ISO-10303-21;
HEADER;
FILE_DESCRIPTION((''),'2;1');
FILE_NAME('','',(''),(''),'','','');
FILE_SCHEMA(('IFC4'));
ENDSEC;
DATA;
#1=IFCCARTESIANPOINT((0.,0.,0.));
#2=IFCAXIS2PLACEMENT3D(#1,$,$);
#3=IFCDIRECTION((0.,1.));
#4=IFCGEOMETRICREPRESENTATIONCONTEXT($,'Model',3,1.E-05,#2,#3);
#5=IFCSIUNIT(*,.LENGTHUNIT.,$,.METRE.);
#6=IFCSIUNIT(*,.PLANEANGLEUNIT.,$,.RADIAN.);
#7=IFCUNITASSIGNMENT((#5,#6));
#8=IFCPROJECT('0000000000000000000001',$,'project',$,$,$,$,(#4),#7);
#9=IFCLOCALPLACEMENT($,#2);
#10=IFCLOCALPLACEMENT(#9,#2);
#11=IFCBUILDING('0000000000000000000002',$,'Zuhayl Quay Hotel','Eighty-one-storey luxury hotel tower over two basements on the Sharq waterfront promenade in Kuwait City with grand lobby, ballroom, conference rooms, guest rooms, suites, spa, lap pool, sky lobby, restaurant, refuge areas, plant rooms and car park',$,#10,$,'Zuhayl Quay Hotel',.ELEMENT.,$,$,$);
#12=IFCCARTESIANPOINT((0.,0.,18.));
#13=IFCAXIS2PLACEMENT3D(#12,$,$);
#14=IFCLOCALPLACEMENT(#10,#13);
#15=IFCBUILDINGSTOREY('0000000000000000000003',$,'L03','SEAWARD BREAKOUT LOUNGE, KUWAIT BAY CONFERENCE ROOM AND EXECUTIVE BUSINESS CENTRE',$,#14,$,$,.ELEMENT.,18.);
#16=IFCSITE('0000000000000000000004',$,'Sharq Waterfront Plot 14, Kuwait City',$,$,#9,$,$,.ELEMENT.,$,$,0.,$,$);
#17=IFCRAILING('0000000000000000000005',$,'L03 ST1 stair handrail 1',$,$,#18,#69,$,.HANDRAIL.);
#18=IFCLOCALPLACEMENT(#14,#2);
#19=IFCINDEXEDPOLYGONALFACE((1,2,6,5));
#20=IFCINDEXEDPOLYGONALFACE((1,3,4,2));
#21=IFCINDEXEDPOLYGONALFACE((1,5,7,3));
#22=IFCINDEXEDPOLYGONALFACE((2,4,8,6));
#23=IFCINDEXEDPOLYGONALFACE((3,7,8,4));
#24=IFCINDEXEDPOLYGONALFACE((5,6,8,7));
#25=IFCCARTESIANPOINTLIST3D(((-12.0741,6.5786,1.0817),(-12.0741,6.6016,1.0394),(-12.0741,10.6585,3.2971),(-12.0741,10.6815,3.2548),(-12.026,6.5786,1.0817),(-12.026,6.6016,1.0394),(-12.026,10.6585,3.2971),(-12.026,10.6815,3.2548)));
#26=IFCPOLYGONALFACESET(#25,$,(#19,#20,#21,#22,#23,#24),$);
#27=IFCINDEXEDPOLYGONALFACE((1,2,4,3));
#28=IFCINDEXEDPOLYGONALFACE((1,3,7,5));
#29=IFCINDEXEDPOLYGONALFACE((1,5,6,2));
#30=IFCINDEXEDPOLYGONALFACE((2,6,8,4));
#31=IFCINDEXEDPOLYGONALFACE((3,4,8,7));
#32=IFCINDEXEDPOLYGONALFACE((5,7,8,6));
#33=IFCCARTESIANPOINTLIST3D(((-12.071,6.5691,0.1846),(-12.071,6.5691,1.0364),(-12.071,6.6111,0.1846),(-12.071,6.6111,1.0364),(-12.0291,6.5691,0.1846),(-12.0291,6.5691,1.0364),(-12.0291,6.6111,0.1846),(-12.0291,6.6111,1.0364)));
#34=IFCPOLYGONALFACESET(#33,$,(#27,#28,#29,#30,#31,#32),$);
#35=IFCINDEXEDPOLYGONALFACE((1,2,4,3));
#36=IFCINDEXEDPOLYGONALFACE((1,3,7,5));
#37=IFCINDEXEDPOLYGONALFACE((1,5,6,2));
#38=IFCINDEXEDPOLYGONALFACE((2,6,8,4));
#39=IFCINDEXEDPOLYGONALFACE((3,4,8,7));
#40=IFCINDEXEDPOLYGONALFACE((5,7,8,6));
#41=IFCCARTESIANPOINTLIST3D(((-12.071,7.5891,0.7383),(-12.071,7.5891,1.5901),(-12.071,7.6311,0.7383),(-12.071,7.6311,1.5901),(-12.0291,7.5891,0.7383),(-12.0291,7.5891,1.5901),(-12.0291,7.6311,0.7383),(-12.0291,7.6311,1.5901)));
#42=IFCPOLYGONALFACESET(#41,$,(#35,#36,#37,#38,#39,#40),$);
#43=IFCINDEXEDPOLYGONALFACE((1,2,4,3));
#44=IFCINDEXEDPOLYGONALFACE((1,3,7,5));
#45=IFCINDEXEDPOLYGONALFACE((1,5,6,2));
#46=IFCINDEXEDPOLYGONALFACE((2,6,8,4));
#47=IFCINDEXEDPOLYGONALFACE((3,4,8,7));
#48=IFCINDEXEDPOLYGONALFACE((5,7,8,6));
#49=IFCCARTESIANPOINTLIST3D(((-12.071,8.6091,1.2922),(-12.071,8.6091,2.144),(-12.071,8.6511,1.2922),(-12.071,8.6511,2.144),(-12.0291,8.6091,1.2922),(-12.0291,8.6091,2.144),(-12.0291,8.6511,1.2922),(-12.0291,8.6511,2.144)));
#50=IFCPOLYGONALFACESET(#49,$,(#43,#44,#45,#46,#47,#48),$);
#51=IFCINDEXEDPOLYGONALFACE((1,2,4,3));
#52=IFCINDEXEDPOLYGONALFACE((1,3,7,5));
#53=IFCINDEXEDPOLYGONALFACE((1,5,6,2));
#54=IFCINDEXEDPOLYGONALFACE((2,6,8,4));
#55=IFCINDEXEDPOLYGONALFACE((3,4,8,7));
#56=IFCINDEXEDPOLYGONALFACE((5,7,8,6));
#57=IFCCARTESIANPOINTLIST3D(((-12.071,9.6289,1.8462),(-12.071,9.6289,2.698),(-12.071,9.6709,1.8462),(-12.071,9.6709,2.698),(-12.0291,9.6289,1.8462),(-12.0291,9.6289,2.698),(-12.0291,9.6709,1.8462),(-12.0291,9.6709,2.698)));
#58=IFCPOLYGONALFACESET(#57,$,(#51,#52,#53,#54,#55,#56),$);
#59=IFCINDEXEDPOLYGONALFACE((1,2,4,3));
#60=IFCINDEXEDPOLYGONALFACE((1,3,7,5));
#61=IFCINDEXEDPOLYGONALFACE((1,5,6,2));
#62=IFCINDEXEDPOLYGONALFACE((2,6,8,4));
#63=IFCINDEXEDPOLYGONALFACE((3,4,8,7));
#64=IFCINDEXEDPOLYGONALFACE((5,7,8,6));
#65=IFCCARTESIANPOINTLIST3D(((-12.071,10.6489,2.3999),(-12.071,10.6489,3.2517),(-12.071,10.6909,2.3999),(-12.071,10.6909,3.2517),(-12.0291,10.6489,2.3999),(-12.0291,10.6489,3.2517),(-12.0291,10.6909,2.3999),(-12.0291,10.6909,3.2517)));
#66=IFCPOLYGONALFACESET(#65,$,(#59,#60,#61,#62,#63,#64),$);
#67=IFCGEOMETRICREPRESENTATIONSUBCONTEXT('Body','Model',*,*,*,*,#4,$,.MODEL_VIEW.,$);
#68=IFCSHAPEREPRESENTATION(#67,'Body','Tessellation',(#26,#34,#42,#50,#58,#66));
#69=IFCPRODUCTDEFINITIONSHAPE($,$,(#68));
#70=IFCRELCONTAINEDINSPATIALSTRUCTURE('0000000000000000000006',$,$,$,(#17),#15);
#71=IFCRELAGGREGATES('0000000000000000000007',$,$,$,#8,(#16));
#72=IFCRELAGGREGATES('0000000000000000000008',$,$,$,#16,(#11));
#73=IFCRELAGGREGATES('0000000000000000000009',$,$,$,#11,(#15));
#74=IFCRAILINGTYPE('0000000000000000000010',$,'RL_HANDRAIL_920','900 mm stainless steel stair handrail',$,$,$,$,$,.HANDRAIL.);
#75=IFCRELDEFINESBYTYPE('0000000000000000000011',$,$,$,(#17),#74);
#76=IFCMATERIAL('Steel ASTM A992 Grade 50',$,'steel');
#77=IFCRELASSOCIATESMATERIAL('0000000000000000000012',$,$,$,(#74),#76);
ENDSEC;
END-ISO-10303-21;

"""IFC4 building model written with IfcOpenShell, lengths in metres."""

from ifc_helpers import new_model, si_unit, direction, frame, origin, origin_2d, place, context, subcontext, project, spatial, rectangle, extrude, material, type_object, element, save


model = new_model("IFC4")

# Units and contexts
model_context = context("Model", 3, precision=1e-05, world=origin(), true_north=direction((0.0, 1.0)))
body_context = subcontext(model_context, "Body", "Model", "MODEL_VIEW")
ifc_project = project(units=[si_unit("LENGTHUNIT", "METRE"), si_unit("PLANEANGLEUNIT", "RADIAN")], contexts=[model_context])

# Site, building, storey
site_placement = place(None, origin())
site = spatial("IfcSite", under=ifc_project, at=site_placement, Name="Sharq Waterfront Plot 14, Kuwait City", CompositionType="ELEMENT", RefElevation=0.0)
building_placement = place(site_placement, origin())
building = spatial("IfcBuilding", under=site, at=building_placement, Name="Zuhayl Quay Hotel", Description="Eighty-one-storey luxury hotel tower over two basements on the Sharq waterfront promenade in Kuwait City with grand lobby, ballroom, conference rooms, guest rooms, suites, spa, lap pool, sky lobby, restaurant, refuge areas, plant rooms and car park", LongName="Zuhayl Quay Hotel", CompositionType="ELEMENT")
storey_placement = place(building_placement, frame((0.0, 0.0, 18.0)))
storey = spatial("IfcBuildingStorey", under=building, at=storey_placement, Name="L03", Description="SEAWARD BREAKOUT LOUNGE, KUWAIT BAY CONFERENCE ROOM AND EXECUTIVE BUSINESS CENTRE", CompositionType="ELEMENT", Elevation=18.0)

# Shared definitions
ifc_material_1 = material(Name="Steel ASTM A992 Grade 50", Category="steel")

# Railing
railing_type_1 = type_object("IfcRailingType", Name="RL_HANDRAIL_920", Description="900 mm stainless steel stair handrail", PredefinedType="HANDRAIL", material=ifc_material_1)
railing_1_placement = place(storey_placement, frame((-12.05, 6.5901, 0.1846)))
element("IfcRailing", 1, at=railing_1_placement, inside=storey, type_object=railing_type_1, Name="L03 ST1 stair handrail 1", PredefinedType="HANDRAIL", context=body_context, shape_type="SweptSolid", body=[
    extrude(rectangle(XDim=0.0481, YDim=0.0481, at=origin_2d()), frame((0.0, 0.0, 0.876), z_axis=(0.0, 0.878802, 0.477186), x_axis=(-1.0, 0.0, 0.0)), (0.0, 0.0, 1.0), 4.6426),
    extrude(rectangle(XDim=0.042, YDim=0.042, at=origin_2d()), origin(), (0.0, 0.0, 1.0), 0.8518),
    extrude(rectangle(XDim=0.042, YDim=0.042, at=origin_2d()), frame((0.0, 1.02, 0.5537)), (0.0, 0.0, 1.0), 0.8518),
    extrude(rectangle(XDim=0.042, YDim=0.042, at=origin_2d()), frame((0.0, 2.04, 1.1077)), (0.0, 0.0, 1.0), 0.8518),
    extrude(rectangle(XDim=0.042, YDim=0.042, at=origin_2d()), frame((0.0, 3.0598, 1.6616)), (0.0, 0.0, 1.0), 0.8518),
    extrude(rectangle(XDim=0.042, YDim=0.042, at=origin_2d()), frame((0.0, 4.0798, 2.2153)), (0.0, 0.0, 1.0), 0.8518),
])

save(model, "model.ifc")
